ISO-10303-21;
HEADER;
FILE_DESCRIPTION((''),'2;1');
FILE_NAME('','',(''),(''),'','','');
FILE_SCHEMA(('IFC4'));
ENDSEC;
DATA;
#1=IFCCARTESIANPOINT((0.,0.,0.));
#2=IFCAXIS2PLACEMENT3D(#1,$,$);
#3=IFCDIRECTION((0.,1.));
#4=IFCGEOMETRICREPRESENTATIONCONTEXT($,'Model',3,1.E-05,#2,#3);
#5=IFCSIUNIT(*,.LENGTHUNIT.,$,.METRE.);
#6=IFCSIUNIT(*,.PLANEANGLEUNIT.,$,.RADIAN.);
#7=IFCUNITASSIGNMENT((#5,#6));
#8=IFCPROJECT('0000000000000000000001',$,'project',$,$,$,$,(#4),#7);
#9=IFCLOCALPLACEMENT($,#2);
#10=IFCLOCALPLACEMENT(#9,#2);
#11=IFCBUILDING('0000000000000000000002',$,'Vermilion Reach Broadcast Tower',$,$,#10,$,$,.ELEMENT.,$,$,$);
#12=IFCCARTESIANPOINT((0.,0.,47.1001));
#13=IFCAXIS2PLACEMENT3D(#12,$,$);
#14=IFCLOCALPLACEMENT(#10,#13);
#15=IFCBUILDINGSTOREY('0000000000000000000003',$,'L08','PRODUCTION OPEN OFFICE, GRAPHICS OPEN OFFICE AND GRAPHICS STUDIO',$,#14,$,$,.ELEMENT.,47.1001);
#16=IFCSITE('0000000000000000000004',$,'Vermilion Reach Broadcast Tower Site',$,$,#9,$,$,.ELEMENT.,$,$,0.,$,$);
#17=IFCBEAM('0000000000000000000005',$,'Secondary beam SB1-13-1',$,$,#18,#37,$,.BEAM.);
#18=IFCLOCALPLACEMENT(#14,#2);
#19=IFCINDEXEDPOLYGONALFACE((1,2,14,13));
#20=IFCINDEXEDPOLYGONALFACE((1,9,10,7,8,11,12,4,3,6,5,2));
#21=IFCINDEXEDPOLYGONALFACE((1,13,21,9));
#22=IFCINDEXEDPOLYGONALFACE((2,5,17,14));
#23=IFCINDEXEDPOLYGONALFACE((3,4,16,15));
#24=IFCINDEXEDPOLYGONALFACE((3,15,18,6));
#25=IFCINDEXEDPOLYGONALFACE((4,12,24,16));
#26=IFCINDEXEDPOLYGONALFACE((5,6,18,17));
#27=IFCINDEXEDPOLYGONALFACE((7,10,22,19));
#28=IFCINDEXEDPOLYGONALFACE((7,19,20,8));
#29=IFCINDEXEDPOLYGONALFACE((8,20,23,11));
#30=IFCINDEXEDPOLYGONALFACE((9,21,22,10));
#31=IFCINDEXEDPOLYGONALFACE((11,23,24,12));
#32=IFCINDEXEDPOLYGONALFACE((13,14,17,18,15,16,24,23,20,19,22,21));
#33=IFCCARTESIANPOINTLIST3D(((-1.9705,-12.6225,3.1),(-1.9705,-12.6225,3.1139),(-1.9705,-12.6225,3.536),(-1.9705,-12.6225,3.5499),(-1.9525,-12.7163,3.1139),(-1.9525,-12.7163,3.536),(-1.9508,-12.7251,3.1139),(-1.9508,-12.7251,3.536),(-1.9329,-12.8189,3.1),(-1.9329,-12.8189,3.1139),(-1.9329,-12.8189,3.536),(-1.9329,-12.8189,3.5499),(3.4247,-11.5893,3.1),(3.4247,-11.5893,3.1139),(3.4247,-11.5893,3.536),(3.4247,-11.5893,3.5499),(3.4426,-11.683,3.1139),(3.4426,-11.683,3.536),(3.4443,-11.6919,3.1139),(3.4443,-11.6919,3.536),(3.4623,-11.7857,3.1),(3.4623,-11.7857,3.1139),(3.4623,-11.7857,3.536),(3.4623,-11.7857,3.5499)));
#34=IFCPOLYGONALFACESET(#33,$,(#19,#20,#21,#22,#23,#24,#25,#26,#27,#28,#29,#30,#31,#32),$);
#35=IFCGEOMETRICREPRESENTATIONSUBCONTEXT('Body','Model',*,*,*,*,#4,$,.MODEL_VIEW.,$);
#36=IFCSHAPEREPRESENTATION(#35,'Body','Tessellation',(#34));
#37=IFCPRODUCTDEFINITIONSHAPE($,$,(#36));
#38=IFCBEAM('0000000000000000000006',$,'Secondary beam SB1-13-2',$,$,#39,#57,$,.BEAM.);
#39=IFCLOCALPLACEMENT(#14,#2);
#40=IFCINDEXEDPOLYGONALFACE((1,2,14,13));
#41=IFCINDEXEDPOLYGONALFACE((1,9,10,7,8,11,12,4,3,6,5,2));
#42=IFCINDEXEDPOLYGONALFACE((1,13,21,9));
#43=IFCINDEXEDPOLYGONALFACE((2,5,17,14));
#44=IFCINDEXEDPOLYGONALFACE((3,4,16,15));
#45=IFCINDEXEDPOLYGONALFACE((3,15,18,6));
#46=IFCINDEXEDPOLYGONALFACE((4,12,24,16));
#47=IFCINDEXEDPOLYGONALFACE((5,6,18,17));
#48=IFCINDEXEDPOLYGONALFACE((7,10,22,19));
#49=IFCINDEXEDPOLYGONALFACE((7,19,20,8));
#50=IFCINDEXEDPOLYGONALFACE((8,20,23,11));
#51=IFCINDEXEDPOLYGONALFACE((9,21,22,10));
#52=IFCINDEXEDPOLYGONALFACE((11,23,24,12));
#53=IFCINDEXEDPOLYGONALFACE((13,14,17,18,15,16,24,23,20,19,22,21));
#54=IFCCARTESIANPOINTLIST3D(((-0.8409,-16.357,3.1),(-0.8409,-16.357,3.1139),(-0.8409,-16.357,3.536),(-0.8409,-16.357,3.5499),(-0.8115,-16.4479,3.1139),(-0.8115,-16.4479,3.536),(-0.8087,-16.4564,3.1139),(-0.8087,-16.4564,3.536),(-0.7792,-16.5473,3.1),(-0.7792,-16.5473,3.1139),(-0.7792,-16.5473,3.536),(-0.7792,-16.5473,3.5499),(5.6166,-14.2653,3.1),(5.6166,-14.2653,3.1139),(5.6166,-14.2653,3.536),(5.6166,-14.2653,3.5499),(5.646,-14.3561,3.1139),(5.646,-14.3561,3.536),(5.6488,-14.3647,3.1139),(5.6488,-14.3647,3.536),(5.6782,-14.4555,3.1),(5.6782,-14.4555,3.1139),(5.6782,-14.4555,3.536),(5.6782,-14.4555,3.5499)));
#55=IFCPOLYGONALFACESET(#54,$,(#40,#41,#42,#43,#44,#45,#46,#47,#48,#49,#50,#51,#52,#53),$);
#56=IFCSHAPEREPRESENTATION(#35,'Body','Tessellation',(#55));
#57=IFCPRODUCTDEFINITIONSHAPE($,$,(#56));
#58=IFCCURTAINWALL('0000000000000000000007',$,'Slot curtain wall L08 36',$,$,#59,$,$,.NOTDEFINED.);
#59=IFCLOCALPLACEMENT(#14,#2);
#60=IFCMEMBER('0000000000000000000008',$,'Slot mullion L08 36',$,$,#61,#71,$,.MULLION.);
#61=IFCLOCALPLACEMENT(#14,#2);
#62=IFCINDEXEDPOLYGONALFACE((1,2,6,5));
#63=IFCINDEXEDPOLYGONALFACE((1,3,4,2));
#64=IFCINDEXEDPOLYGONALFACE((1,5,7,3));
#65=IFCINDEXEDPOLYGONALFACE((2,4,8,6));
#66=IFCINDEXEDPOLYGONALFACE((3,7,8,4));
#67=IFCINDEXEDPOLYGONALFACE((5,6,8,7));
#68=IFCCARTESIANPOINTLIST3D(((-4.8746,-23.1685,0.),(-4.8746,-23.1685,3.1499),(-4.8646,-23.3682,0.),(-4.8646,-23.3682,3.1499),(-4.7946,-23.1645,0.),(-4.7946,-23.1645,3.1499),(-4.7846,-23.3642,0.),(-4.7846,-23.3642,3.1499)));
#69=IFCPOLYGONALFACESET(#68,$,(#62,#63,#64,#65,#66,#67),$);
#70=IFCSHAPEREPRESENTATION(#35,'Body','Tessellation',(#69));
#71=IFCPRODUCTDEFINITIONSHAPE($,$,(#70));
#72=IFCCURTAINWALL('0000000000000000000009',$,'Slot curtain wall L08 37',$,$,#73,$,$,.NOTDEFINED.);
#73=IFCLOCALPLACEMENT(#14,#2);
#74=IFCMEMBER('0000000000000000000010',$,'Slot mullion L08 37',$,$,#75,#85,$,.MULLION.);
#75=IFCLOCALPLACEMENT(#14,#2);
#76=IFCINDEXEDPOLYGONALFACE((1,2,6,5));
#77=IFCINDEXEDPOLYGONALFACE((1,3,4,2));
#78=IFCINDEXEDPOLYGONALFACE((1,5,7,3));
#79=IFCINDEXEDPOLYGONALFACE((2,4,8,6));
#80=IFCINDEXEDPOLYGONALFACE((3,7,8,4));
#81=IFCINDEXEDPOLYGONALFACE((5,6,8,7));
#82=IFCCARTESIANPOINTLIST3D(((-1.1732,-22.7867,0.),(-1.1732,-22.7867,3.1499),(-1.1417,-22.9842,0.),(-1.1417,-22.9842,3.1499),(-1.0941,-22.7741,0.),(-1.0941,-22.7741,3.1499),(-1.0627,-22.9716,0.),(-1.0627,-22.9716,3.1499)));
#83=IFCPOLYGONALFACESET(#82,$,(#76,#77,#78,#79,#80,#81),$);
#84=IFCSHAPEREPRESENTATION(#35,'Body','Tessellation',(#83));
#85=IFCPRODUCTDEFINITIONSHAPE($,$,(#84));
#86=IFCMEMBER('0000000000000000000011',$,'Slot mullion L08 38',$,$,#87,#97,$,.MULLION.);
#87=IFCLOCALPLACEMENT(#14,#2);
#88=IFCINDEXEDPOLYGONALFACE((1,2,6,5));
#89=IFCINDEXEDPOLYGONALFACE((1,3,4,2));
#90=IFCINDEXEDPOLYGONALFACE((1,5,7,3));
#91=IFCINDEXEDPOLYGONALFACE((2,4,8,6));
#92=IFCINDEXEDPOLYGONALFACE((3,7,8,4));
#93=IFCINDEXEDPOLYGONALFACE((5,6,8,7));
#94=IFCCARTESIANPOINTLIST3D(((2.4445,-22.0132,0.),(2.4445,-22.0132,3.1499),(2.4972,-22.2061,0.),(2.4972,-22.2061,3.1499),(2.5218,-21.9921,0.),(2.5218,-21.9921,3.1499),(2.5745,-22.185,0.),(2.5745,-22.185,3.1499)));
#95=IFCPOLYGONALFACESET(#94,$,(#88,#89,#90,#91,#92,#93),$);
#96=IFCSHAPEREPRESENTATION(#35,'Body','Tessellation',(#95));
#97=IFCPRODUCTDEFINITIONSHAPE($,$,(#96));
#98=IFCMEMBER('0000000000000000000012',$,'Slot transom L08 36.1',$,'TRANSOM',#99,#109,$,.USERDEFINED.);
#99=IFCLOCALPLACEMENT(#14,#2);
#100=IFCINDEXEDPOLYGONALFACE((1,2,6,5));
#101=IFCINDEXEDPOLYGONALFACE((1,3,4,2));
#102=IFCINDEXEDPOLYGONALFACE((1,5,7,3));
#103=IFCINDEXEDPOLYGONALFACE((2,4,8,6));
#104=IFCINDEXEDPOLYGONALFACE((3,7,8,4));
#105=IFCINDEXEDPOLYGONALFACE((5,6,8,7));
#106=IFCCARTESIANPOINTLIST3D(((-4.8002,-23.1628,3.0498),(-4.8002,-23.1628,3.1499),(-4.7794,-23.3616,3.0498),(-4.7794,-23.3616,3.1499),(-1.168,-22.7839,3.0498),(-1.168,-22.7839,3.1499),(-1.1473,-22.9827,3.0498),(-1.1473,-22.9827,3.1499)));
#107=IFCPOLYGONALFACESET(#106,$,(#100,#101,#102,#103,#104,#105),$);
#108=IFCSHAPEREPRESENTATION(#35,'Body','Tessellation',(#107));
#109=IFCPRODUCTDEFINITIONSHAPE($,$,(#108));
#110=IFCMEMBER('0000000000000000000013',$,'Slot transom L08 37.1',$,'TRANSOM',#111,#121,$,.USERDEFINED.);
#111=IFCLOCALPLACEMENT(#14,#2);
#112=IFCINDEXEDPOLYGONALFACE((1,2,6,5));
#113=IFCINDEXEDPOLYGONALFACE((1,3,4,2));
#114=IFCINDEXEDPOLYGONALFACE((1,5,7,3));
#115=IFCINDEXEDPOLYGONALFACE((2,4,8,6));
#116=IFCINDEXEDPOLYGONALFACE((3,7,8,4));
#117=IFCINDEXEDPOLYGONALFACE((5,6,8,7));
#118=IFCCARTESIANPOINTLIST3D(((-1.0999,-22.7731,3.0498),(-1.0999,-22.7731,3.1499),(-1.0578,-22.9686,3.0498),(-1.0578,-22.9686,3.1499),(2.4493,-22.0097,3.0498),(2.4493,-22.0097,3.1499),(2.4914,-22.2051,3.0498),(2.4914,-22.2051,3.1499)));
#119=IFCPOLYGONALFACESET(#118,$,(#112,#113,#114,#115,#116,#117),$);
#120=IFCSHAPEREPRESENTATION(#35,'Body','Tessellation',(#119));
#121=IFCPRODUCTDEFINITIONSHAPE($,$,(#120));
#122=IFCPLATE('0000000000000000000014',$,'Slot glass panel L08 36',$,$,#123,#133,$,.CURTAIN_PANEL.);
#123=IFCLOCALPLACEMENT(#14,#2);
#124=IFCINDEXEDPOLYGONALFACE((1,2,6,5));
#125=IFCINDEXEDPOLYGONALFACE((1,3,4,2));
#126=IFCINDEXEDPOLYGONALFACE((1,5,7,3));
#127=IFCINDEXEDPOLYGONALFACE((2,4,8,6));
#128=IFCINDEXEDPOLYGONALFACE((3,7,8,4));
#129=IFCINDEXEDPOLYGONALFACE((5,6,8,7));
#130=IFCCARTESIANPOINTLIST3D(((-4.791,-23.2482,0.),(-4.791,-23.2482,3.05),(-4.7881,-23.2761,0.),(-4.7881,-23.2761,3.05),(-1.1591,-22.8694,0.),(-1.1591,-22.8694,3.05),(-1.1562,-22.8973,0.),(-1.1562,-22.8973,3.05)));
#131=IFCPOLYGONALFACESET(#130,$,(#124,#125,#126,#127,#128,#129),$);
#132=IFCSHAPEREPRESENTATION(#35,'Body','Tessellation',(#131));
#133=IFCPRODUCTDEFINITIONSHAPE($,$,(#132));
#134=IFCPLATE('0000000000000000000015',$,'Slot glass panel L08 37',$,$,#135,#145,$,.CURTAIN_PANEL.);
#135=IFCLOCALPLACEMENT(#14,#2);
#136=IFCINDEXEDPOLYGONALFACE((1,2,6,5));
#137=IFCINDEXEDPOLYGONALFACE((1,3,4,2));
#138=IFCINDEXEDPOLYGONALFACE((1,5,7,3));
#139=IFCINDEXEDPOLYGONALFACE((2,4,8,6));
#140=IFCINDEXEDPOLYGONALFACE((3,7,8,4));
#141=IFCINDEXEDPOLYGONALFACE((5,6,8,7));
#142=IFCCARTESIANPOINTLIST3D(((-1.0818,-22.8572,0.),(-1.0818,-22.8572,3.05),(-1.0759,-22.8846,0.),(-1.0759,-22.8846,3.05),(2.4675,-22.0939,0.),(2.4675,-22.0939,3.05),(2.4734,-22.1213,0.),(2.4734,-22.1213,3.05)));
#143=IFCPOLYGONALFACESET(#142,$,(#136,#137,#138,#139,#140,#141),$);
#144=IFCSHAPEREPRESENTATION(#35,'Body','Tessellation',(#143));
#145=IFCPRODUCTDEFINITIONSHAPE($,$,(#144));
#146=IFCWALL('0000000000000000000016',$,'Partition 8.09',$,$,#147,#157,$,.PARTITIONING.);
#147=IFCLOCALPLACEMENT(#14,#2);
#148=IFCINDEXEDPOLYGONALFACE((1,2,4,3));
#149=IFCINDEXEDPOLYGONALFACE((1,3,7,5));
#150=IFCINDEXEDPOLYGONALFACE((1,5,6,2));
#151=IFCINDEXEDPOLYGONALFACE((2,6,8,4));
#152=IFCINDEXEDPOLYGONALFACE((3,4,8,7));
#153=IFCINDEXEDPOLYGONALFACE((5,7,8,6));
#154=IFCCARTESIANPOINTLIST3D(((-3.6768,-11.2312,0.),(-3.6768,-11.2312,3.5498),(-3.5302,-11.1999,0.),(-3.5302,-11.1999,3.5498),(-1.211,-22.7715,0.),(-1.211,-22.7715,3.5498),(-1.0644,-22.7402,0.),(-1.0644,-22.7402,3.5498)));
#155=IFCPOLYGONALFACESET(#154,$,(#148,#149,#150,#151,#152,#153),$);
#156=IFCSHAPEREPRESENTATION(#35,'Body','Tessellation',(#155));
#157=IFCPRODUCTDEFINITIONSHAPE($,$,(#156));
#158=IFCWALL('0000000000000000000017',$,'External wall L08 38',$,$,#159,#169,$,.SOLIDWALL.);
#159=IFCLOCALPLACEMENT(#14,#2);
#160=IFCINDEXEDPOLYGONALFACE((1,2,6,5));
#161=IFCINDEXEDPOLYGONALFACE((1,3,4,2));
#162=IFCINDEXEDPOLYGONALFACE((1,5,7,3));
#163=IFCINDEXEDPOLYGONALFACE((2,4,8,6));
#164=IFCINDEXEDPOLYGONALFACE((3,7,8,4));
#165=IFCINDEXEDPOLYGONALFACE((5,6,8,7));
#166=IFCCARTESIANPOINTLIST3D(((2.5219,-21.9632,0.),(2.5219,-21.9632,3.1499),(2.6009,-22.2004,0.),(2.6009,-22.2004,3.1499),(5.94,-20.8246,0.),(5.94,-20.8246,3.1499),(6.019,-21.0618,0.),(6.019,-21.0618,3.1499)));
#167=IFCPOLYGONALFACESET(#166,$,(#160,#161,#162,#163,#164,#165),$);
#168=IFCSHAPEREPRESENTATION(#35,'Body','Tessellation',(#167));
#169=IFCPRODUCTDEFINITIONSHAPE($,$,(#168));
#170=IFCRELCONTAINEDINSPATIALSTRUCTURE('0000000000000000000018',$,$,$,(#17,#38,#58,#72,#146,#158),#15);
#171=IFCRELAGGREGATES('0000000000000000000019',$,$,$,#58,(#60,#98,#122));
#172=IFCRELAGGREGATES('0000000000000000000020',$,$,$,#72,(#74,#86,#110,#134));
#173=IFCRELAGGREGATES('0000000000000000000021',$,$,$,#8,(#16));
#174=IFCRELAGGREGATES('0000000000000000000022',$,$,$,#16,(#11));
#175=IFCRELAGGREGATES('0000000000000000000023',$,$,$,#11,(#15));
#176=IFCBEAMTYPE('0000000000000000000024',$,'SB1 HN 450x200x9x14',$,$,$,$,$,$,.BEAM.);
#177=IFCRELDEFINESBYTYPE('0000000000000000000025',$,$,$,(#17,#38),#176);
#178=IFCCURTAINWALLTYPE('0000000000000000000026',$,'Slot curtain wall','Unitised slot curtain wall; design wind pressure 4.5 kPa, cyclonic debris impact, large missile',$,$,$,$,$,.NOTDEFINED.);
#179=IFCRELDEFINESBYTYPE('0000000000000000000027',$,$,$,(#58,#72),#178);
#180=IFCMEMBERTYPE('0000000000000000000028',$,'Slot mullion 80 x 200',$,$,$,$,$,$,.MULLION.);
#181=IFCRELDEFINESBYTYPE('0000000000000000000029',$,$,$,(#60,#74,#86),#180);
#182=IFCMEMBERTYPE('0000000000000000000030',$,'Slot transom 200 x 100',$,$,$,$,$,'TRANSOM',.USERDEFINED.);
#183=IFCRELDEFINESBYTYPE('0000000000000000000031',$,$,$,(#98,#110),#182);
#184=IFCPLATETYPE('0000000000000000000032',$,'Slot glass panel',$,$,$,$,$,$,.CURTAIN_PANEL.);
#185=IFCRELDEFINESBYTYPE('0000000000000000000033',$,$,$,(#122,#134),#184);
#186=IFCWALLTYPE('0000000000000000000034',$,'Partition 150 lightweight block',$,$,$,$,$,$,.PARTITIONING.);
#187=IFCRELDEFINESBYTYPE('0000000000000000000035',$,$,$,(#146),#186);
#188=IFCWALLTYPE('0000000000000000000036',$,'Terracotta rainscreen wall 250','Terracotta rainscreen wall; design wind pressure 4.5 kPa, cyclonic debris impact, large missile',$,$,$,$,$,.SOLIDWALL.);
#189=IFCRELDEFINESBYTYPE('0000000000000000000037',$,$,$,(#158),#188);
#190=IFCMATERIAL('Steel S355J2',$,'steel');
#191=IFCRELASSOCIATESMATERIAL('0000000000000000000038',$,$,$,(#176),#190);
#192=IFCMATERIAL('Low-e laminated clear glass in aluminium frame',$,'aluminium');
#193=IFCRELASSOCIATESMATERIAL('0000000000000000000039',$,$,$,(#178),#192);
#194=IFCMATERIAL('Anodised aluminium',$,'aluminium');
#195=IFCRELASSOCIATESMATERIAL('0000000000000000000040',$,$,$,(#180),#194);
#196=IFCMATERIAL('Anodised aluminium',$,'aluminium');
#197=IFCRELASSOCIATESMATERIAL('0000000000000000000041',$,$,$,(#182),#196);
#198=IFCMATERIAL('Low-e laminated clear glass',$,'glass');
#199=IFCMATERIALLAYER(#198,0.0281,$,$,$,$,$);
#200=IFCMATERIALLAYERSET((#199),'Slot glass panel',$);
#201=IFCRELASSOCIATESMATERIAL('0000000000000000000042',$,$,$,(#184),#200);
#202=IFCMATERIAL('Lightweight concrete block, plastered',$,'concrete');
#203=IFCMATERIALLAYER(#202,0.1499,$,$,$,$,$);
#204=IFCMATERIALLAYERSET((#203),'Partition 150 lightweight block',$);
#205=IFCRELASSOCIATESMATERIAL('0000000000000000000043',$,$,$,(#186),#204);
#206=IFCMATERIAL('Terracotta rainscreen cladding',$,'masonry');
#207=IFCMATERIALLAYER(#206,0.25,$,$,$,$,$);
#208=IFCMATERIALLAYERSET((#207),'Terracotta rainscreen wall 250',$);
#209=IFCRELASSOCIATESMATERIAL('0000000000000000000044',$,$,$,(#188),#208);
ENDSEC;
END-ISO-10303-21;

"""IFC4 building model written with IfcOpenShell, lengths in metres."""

from ifc_helpers import new_model, si_unit, direction, frame, frame_2d, origin, origin_2d, place, context, subcontext, project, spatial, rectangle, i_section, extrude, material, layer, layer_set, material_profile, profile_set, type_object, element, aggregate, save


model = new_model("IFC4")

# Units and contexts
model_context = context("Model", 3, precision=1e-05, world=origin(), true_north=direction((0.0, 1.0)))
body_context = subcontext(model_context, "Body", "Model", "MODEL_VIEW")
ifc_project = project(units=[si_unit("LENGTHUNIT", "METRE"), si_unit("PLANEANGLEUNIT", "RADIAN")], contexts=[model_context])

# Site, building, storey
site_placement = place(None, origin())
site = spatial("IfcSite", under=ifc_project, at=site_placement, Name="Vermilion Reach Broadcast Tower Site", CompositionType="ELEMENT", RefElevation=0.0)
building_placement = place(site_placement, origin())
building = spatial("IfcBuilding", under=site, at=building_placement, Name="Vermilion Reach Broadcast Tower", CompositionType="ELEMENT")
storey_placement = place(building_placement, frame((0.0, 0.0, 47.1001)))
storey = spatial("IfcBuildingStorey", under=building, at=storey_placement, Name="L08", Description="PRODUCTION OPEN OFFICE, GRAPHICS OPEN OFFICE AND GRAPHICS STUDIO", CompositionType="ELEMENT", Elevation=47.1001)

# Beams
ifc_material_1 = material(Name="Steel S355J2", Category="steel")
ifc_material_profile_1 = material_profile(ifc_material_1, i_section(OverallWidth=0.2, OverallDepth=0.45, WebThickness=0.009, FlangeThickness=0.0139, at=origin_2d()), Name="S355J2 HN 450x200x9x14")
ifc_profile_set_1 = profile_set([ifc_material_profile_1], Name="Steel S355J2")
beam_type_1 = type_object("IfcBeamType", Name="SB1 HN 450x200x9x14", PredefinedType="BEAM", material=ifc_profile_set_1)
beam_1_placement = place(storey_placement, frame((-1.9517, -12.7207, 3.325), z_axis=(0.982151, 0.188092, 0.0), x_axis=(-0.188092, 0.982151, 0.0)))
element("IfcBeam", 1, at=beam_1_placement, inside=storey, type_object=beam_type_1, Name="Secondary beam SB1-13-1", PredefinedType="BEAM", context=body_context, shape_type="SweptSolid", body=[
    extrude(i_section(OverallWidth=0.2, OverallDepth=0.45, WebThickness=0.009, FlangeThickness=0.0139, at=origin_2d()), origin(), (0.0, 0.0, 1.0), 5.4932),
])
beam_2_placement = place(storey_placement, frame((-0.8101, -16.4521, 3.325), z_axis=(0.951332, 0.308167, 0.0), x_axis=(-0.308167, 0.951332, 0.0)))
element("IfcBeam", 2, at=beam_2_placement, inside=storey, type_object=beam_type_1, Name="Secondary beam SB1-13-2", PredefinedType="BEAM", context=body_context, shape_type="SweptSolid", body=[
    extrude(i_section(OverallWidth=0.2, OverallDepth=0.45, WebThickness=0.009, FlangeThickness=0.0139, at=origin_2d()), origin(), (0.0, 0.0, 1.0), 6.7878),
])

# Curtain wall, member
ifc_material_2 = material(Name="Low-e laminated clear glass in aluminium frame", Category="aluminium")
curtain_wall_type = type_object("IfcCurtainWallType", Name="Slot curtain wall", Description="Unitised slot curtain wall; design wind pressure 4.5 kPa, cyclonic debris impact, large missile", PredefinedType="NOTDEFINED", material=ifc_material_2)
placement = place(storey_placement, origin())
curtain_wall_1 = element("IfcCurtainWall", 3, at=placement, inside=storey, type_object=curtain_wall_type, Name="Slot curtain wall L08 36", PredefinedType="NOTDEFINED")
ifc_material_3 = material(Name="Anodised aluminium", Category="aluminium")
ifc_material_profile_2 = material_profile(ifc_material_3, rectangle(XDim=0.2, YDim=0.0801, at=origin_2d()), Name="Slot mullion 80 x 200")
ifc_profile_set_2 = profile_set([ifc_material_profile_2], Name="Anodised aluminium")
member_type_1 = type_object("IfcMemberType", Name="Slot mullion 80 x 200", PredefinedType="MULLION", material=ifc_profile_set_2)
member_1_placement = place(storey_placement, frame((-4.8296, -23.2664, 0.0), z_axis=(0.0, 0.0, 1.0), x_axis=(-0.050244, 0.998737, 0.0)))
member_1 = element("IfcMember", 4, at=member_1_placement, type_object=member_type_1, Name="Slot mullion L08 36", PredefinedType="MULLION", context=body_context, shape_type="SweptSolid", body=[
    extrude(rectangle(XDim=0.2, YDim=0.0801, at=origin_2d()), origin(), (0.0, 0.0, 1.0), 3.1499),
])

# Curtain wall, members
curtain_wall_2 = element("IfcCurtainWall", 5, at=placement, inside=storey, type_object=curtain_wall_type, Name="Slot curtain wall L08 37", PredefinedType="NOTDEFINED")
member_2_placement = place(storey_placement, frame((-1.1179, -22.8792, 0.0), z_axis=(0.0, 0.0, 1.0), x_axis=(-0.157226, 0.987563, 0.0)))
member_2 = element("IfcMember", 6, at=member_2_placement, type_object=member_type_1, Name="Slot mullion L08 37", PredefinedType="MULLION", context=body_context, shape_type="SweptSolid", body=[
    extrude(rectangle(XDim=0.2, YDim=0.0801, at=origin_2d()), origin(), (0.0, 0.0, 1.0), 3.1499),
])
member_3_placement = place(storey_placement, frame((2.5095, -22.0991, 0.0), z_axis=(0.0, 0.0, 1.0), x_axis=(-0.263553, 0.964645, 0.0)))
member_3 = element("IfcMember", 7, at=member_3_placement, type_object=member_type_1, Name="Slot mullion L08 38", PredefinedType="MULLION", context=body_context, shape_type="SweptSolid", body=[
    extrude(rectangle(XDim=0.2, YDim=0.0801, at=origin_2d()), origin(), (0.0, 0.0, 1.0), 3.1499),
])

# Members
ifc_material_4 = material(Name="Anodised aluminium", Category="aluminium")
ifc_material_profile_3 = material_profile(ifc_material_4, rectangle(XDim=0.2, YDim=0.1001, at=origin_2d()), Name="Slot transom 200 x 100")
ifc_profile_set_3 = profile_set([ifc_material_profile_3], Name="Anodised aluminium")
member_type_2 = type_object("IfcMemberType", Name="Slot transom 200 x 100", ElementType="TRANSOM", PredefinedType="USERDEFINED", material=ifc_profile_set_3)
member_4_placement = place(storey_placement, frame((-4.7898, -23.2622, 3.0999), z_axis=(0.994602, 0.103759, 0.0), x_axis=(-0.103759, 0.994602, 0.0)))
member_4 = element("IfcMember", 8, at=member_4_placement, type_object=member_type_2, Name="Slot transom L08 36.1", ObjectType="TRANSOM", PredefinedType="USERDEFINED", context=body_context, shape_type="SweptSolid", body=[
    extrude(rectangle(XDim=0.2, YDim=0.1001, at=origin_2d()), origin(), (0.0, 0.0, 1.0), 3.6519),
])
member_5_placement = place(storey_placement, frame((-1.0789, -22.8708, 3.0999), z_axis=(0.977638, 0.210296, 0.0), x_axis=(-0.210296, 0.977638, 0.0)))
member_5 = element("IfcMember", 9, at=member_5_placement, type_object=member_type_2, Name="Slot transom L08 37.1", ObjectType="TRANSOM", PredefinedType="USERDEFINED", context=body_context, shape_type="SweptSolid", body=[
    extrude(rectangle(XDim=0.2, YDim=0.1001, at=origin_2d()), origin(), (0.0, 0.0, 1.0), 3.6304),
])

# Plates
ifc_material_5 = material(Name="Low-e laminated clear glass", Category="glass")
ifc_layer_1 = layer(ifc_material_5, 0.0281)
ifc_layer_set_1 = layer_set([ifc_layer_1], Name="Slot glass panel")
plate_type = type_object("IfcPlateType", Name="Slot glass panel", PredefinedType="CURTAIN_PANEL", material=ifc_layer_set_1)
plate_1_placement = place(storey_placement, frame((-2.9736, -23.0728, 0.0), z_axis=(0.0, 0.0, 1.0), x_axis=(0.994605, 0.103736, 0.0)))
plate_1 = element("IfcPlate", 10, at=plate_1_placement, type_object=plate_type, Name="Slot glass panel L08 36", PredefinedType="CURTAIN_PANEL", context=body_context, shape_type="SweptSolid", body=[
    extrude(rectangle(XDim=3.6516, YDim=0.0281, at=origin_2d()), origin(), (0.0, 0.0, 1.0), 3.05),
])
aggregate(curtain_wall_1, [member_1, member_4, plate_1])
plate_2_placement = place(storey_placement, frame((0.6958, -22.4893, 0.0), z_axis=(0.0, 0.0, 1.0), x_axis=(0.977646, 0.210259, 0.0)))
plate_2 = element("IfcPlate", 11, at=plate_2_placement, type_object=plate_type, Name="Slot glass panel L08 37", PredefinedType="CURTAIN_PANEL", context=body_context, shape_type="SweptSolid", body=[
    extrude(rectangle(XDim=3.6304, YDim=0.0281, at=origin_2d()), origin(), (0.0, 0.0, 1.0), 3.05),
])
aggregate(curtain_wall_2, [member_2, member_3, member_5, plate_2])

# Walls
ifc_material_6 = material(Name="Lightweight concrete block, plastered", Category="concrete")
ifc_layer_2 = layer(ifc_material_6, 0.1499)
ifc_layer_set_2 = layer_set([ifc_layer_2], Name="Partition 150 lightweight block")
wall_type_1 = type_object("IfcWallType", Name="Partition 150 lightweight block", PredefinedType="PARTITIONING", material=ifc_layer_set_2)
wall_1_placement = place(storey_placement, frame((-1.1377, -22.7559, 0.0), z_axis=(0.0, 0.0, 1.0), x_axis=(-0.208954, 0.977925, 0.0)))
element("IfcWall", 12, at=wall_1_placement, inside=storey, type_object=wall_type_1, Name="Partition 8.09", PredefinedType="PARTITIONING", context=body_context, shape_type="SweptSolid", body=[
    extrude(rectangle(XDim=11.8008, YDim=0.1499, at=frame_2d((5.9004, 0.0))), origin(), (0.0, 0.0, 1.0), 3.5498),
])
ifc_material_7 = material(Name="Terracotta rainscreen cladding", Category="masonry")
ifc_layer_3 = layer(ifc_material_7, 0.25)
ifc_layer_set_3 = layer_set([ifc_layer_3], Name="Terracotta rainscreen wall 250")
wall_type_2 = type_object("IfcWallType", Name="Terracotta rainscreen wall 250", Description="Terracotta rainscreen wall; design wind pressure 4.5 kPa, cyclonic debris impact, large missile", PredefinedType="SOLIDWALL", material=ifc_layer_set_3)
wall_2_placement = place(storey_placement, frame((2.5615, -22.0818, 0.0), z_axis=(0.0, 0.0, 1.0), x_axis=(0.948744, 0.316045, 0.0)))
element("IfcWall", 13, at=wall_2_placement, inside=storey, type_object=wall_type_2, Name="External wall L08 38", PredefinedType="SOLIDWALL", context=body_context, shape_type="SweptSolid", body=[
    extrude(rectangle(XDim=3.6028, YDim=0.25, at=frame_2d((1.8013, 0.0))), origin(), (0.0, 0.0, 1.0), 3.1499),
])

save(model, "model.ifc")
